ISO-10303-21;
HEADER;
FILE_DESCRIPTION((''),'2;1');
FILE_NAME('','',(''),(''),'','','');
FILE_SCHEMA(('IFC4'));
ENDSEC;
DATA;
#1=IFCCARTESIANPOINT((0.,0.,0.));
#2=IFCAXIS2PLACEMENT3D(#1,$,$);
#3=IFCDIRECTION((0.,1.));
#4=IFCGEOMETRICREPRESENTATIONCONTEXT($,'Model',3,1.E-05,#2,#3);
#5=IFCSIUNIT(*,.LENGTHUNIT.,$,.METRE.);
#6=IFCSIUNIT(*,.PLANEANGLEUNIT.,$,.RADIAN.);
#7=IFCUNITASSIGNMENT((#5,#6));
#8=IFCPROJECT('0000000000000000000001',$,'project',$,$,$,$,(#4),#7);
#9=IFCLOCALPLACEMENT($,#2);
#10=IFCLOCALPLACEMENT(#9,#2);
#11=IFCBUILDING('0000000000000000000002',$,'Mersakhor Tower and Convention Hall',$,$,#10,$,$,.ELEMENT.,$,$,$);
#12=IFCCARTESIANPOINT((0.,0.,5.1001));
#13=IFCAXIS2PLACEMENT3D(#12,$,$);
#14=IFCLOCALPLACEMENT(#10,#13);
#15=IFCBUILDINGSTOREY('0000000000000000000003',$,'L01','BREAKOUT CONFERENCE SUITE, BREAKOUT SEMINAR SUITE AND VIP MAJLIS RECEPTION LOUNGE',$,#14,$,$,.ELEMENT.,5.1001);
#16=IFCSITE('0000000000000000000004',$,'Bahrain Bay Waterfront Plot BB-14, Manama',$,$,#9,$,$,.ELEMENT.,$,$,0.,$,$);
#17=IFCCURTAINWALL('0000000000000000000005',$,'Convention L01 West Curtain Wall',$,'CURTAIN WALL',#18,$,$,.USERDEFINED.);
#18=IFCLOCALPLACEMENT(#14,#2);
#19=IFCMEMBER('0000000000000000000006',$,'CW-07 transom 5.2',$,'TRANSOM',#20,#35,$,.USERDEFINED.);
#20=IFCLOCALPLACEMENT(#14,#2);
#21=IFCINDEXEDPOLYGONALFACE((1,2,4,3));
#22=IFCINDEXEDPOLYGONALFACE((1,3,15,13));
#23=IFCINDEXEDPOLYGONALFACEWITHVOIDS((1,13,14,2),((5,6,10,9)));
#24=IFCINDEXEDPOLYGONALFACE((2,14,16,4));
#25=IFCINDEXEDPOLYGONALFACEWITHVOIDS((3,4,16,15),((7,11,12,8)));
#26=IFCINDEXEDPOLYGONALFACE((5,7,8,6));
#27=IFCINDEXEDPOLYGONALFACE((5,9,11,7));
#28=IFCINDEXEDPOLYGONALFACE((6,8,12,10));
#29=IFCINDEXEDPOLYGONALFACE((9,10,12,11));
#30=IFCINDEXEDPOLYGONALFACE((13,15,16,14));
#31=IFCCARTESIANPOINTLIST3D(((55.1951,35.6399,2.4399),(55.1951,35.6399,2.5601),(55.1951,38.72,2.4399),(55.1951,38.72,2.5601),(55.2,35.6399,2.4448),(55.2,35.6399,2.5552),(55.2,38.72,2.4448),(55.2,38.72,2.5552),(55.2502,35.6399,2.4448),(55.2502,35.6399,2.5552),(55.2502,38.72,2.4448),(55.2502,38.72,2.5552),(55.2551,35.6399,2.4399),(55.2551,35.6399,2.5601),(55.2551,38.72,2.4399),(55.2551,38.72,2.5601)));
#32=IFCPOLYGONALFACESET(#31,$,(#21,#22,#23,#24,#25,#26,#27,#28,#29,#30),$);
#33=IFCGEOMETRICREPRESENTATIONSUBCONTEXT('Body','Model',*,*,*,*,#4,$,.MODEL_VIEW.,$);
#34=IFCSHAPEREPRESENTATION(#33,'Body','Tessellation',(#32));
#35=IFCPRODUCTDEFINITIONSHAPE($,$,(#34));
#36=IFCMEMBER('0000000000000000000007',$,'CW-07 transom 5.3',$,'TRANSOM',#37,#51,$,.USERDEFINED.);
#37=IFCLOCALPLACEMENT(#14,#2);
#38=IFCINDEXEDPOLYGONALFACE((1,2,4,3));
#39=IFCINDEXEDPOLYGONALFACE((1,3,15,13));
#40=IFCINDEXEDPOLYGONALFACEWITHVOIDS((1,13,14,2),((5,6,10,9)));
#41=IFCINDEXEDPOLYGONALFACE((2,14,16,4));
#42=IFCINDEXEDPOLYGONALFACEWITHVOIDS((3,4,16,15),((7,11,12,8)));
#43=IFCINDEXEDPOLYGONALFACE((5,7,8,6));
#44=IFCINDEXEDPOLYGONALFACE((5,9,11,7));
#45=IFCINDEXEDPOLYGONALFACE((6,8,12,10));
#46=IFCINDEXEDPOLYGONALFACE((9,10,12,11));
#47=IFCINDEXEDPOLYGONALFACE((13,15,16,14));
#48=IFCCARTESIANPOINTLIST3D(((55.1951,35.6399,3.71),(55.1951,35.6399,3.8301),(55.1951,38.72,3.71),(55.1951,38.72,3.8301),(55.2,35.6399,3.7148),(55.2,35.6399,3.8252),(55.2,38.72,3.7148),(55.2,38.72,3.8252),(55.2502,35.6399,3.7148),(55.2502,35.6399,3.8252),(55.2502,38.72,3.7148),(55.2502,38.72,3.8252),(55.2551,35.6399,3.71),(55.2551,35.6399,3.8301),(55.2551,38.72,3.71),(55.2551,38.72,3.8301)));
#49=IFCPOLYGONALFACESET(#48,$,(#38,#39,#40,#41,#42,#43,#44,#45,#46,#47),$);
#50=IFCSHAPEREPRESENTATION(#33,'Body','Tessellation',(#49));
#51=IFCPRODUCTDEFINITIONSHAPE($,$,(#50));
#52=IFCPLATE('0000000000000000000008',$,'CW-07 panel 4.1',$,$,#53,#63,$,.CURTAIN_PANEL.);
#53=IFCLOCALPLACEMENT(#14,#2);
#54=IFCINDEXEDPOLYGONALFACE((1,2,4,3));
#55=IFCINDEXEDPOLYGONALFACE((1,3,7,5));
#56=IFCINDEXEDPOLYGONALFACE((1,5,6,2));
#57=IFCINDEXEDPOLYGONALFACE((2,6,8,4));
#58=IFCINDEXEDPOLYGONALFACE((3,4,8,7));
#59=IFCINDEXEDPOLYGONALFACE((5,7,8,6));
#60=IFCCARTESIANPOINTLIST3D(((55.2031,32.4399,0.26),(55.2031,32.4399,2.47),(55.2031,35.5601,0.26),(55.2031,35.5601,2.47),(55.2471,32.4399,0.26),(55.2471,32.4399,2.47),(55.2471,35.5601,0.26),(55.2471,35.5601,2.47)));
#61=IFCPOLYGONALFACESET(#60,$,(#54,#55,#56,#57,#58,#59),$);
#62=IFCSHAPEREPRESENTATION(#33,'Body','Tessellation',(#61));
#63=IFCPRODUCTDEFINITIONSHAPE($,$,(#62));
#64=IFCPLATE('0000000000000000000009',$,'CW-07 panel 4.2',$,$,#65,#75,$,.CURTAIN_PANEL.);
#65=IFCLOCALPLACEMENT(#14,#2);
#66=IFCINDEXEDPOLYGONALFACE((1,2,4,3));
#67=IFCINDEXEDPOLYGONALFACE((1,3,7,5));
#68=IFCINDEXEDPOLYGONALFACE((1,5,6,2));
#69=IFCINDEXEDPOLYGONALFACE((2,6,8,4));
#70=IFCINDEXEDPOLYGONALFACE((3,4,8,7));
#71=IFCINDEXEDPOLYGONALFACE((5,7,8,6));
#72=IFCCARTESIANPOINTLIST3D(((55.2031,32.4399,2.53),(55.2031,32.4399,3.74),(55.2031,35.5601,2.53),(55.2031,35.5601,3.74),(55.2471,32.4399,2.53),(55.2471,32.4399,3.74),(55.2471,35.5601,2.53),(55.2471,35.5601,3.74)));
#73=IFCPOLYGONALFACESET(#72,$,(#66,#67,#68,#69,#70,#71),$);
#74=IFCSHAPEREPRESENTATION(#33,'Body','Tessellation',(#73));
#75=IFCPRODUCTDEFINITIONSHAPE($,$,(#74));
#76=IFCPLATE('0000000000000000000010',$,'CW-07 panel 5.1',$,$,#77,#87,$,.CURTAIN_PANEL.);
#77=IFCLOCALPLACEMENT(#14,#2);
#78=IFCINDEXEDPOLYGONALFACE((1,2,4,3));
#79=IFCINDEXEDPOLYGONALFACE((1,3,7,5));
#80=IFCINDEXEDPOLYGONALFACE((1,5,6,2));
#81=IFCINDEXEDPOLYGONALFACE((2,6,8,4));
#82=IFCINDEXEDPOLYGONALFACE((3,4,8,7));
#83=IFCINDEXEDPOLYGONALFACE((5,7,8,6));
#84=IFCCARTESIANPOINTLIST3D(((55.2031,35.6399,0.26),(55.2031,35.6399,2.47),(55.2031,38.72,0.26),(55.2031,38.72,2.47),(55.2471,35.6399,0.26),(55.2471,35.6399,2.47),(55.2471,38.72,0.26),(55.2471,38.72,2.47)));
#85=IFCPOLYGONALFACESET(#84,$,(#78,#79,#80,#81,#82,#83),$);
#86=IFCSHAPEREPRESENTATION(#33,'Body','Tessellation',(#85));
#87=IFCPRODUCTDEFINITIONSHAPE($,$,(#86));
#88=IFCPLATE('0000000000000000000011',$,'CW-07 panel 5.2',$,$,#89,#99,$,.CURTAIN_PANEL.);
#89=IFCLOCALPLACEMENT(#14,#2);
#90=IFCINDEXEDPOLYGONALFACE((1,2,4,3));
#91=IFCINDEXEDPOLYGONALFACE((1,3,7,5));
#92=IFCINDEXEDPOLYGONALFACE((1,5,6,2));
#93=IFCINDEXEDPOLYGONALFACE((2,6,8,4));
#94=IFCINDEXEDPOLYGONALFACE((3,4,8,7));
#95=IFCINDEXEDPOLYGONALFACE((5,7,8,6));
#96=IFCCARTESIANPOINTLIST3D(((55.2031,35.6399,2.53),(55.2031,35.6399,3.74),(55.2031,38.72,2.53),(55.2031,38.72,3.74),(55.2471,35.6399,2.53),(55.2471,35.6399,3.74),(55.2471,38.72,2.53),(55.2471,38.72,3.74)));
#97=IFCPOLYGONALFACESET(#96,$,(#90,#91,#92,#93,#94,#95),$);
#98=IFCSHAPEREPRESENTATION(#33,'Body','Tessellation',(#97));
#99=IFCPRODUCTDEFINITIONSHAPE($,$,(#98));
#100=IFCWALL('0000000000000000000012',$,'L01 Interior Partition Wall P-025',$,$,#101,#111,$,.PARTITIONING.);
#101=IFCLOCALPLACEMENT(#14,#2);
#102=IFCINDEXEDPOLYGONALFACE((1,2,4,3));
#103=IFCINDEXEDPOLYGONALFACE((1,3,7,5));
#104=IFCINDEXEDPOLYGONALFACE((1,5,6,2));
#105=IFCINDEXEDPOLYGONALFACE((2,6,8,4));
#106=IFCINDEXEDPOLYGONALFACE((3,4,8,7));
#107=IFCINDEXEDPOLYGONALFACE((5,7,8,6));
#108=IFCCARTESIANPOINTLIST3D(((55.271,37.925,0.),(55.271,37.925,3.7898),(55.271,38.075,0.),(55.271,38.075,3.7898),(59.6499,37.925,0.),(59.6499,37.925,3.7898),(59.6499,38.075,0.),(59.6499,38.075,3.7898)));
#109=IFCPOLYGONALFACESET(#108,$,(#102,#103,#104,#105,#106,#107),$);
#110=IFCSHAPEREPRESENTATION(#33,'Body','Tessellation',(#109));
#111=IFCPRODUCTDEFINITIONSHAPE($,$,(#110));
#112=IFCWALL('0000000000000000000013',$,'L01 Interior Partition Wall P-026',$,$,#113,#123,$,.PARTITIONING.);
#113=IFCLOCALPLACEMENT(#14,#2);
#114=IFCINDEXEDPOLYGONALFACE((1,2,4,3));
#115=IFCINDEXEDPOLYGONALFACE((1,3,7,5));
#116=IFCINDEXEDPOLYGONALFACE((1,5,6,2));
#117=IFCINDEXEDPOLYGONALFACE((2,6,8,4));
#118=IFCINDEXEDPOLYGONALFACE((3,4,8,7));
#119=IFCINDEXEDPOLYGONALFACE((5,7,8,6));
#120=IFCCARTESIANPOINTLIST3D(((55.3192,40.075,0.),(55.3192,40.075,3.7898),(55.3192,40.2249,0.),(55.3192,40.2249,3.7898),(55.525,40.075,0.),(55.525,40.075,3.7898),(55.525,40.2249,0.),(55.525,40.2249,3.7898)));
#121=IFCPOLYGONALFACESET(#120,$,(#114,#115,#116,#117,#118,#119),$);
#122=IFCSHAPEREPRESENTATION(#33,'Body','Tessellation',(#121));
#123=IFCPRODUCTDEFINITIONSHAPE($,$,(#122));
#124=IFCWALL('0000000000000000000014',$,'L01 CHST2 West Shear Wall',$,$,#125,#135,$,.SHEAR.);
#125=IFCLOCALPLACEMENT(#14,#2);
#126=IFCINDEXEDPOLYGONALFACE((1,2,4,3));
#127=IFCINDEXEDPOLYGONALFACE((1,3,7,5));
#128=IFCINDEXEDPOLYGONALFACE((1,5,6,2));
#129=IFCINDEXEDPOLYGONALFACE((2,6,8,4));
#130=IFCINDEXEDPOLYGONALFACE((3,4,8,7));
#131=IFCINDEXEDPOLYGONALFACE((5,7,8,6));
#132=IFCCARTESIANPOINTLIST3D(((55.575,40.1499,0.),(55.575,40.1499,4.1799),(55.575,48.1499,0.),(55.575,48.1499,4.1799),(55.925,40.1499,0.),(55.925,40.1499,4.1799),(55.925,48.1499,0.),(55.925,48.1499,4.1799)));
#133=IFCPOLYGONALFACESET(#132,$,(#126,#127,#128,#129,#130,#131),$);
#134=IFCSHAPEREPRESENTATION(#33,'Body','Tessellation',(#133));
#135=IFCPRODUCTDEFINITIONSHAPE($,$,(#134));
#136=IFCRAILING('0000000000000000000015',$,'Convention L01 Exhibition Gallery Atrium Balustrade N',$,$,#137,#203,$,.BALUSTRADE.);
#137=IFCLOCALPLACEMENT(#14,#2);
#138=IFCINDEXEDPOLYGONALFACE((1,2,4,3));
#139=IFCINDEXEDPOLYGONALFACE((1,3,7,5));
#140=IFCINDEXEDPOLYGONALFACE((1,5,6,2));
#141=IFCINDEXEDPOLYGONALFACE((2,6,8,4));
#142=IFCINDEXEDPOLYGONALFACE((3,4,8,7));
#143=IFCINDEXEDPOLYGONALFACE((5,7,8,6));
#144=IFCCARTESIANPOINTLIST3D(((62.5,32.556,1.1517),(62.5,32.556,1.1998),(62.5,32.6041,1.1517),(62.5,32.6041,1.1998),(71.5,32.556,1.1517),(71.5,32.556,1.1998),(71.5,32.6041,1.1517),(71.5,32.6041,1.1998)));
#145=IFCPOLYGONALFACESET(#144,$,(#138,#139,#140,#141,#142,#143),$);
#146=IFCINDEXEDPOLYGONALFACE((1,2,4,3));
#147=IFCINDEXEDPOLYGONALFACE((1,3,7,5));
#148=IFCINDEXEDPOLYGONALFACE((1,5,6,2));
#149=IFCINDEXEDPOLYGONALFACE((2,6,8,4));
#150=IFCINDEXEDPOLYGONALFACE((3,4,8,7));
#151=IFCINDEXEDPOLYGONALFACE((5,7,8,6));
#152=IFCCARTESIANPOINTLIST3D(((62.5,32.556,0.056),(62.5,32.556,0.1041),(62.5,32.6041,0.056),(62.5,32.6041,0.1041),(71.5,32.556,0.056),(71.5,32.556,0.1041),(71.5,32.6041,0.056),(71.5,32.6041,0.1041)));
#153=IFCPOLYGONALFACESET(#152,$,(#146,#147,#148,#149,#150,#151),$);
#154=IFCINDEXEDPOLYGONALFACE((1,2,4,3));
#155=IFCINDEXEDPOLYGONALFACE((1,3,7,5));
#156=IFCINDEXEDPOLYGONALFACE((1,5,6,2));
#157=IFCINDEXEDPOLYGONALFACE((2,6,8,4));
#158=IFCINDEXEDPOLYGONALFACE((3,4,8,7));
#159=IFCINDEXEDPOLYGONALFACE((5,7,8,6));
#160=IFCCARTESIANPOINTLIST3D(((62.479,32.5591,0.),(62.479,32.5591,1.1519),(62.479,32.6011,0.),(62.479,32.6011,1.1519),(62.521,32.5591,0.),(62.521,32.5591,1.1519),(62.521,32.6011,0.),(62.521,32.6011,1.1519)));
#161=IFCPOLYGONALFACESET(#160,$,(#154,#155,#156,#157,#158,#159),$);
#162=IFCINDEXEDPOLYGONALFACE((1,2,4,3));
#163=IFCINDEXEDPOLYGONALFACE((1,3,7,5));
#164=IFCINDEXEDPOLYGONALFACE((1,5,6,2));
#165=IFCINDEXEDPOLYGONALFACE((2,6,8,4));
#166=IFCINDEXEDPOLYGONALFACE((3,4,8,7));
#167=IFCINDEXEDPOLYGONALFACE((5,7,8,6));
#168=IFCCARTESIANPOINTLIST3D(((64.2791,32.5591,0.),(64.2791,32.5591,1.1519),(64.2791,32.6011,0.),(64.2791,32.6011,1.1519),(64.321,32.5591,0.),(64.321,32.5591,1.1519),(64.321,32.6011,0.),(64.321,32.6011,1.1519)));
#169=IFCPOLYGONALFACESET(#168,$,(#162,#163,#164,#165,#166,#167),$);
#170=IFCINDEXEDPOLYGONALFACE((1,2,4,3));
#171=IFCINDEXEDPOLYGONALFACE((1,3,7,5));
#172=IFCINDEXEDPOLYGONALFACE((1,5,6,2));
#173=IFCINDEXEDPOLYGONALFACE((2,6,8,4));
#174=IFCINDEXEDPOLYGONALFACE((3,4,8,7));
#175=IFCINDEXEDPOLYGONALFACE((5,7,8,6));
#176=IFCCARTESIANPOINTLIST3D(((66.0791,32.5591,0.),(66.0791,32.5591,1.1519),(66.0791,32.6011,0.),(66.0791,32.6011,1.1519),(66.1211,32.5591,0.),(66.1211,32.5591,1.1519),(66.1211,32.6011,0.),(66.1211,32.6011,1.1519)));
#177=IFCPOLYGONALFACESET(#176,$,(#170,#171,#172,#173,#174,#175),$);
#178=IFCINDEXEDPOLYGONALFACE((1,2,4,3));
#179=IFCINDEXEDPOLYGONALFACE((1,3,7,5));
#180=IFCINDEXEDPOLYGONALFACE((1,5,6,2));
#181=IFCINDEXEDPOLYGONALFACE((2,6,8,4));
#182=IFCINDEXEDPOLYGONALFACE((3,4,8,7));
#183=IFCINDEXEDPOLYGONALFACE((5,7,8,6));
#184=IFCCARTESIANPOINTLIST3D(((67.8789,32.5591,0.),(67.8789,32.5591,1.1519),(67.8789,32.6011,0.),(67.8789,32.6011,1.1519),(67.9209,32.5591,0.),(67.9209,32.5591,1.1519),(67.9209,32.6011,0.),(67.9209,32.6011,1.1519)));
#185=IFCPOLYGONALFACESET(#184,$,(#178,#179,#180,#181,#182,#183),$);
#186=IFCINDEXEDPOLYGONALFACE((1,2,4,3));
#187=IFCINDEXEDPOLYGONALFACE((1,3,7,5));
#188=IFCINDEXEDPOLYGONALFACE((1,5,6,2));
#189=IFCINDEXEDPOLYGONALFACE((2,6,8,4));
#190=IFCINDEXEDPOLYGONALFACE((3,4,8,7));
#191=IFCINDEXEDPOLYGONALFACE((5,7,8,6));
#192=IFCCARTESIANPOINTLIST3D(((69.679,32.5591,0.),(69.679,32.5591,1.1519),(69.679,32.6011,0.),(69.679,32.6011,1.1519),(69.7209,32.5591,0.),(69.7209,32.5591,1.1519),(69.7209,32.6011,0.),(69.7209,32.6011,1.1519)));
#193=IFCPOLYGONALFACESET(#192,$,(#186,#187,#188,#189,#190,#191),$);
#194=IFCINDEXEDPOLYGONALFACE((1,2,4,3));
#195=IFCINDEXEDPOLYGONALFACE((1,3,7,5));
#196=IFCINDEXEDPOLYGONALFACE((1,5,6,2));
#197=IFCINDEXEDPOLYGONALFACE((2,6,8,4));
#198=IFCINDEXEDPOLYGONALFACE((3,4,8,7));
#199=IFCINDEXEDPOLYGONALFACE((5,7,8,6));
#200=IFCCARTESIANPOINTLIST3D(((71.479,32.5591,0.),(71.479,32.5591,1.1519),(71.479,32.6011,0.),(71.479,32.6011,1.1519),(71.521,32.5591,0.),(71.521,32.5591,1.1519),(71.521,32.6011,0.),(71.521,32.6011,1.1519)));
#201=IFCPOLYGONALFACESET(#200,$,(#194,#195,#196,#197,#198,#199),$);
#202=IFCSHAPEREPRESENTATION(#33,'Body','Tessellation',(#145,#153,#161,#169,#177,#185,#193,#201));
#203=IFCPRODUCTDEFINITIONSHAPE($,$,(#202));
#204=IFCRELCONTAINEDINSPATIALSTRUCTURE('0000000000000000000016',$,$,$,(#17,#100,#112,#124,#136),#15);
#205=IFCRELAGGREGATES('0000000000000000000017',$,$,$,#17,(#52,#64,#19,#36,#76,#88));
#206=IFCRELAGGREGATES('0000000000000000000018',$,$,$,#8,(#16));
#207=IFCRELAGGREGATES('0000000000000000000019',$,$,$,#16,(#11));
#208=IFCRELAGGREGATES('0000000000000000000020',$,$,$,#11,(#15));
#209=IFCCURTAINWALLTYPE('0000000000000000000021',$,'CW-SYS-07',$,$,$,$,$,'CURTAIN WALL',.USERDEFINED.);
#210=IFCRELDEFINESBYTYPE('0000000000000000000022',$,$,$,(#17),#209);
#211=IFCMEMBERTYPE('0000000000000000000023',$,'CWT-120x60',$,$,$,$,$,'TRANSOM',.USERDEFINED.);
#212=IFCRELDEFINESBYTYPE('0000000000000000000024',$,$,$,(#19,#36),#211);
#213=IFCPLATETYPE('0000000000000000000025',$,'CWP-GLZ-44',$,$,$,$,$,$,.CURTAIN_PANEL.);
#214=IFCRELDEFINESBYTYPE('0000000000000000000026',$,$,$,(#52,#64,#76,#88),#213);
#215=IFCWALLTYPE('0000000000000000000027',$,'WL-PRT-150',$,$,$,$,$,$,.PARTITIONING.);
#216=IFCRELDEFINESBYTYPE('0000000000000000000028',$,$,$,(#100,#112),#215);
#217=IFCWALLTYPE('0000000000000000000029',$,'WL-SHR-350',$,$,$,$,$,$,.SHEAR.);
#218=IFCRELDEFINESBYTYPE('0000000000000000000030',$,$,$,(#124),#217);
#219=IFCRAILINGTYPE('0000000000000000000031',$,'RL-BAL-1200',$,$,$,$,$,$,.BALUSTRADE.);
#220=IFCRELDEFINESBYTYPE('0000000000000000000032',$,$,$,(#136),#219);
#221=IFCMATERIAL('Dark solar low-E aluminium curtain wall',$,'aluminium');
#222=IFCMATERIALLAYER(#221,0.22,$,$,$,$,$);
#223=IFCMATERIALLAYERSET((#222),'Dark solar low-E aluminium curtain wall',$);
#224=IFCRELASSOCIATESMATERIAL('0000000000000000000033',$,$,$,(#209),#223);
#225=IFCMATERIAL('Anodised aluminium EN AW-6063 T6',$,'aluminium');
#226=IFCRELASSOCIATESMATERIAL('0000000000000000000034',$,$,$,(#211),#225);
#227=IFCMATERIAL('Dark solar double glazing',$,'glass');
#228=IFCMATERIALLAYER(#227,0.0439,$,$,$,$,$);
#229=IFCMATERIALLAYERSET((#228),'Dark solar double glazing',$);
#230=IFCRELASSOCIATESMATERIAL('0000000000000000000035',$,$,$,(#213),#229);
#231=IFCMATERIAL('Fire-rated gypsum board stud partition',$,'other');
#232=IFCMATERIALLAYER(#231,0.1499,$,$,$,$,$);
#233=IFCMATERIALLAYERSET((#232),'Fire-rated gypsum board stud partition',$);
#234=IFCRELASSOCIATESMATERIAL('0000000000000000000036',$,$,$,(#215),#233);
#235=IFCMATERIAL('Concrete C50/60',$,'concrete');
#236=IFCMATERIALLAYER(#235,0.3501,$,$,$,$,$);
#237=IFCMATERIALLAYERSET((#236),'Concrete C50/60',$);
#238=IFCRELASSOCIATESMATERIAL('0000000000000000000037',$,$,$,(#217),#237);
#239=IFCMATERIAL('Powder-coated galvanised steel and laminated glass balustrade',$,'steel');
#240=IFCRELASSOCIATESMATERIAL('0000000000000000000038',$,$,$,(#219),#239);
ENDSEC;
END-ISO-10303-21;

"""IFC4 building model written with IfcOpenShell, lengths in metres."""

from ifc_helpers import new_model, si_unit, direction, frame, frame_2d, origin, origin_2d, place, context, subcontext, project, spatial, rectangle, hollow_rectangle, extrude, material, layer, layer_set, material_profile, profile_set, type_object, element, aggregate, save


model = new_model("IFC4")

# Units and contexts
model_context = context("Model", 3, precision=1e-05, world=origin(), true_north=direction((0.0, 1.0)))
body_context = subcontext(model_context, "Body", "Model", "MODEL_VIEW")
ifc_project = project(units=[si_unit("LENGTHUNIT", "METRE"), si_unit("PLANEANGLEUNIT", "RADIAN")], contexts=[model_context])

# Site, building, storey
site_placement = place(None, origin())
site = spatial("IfcSite", under=ifc_project, at=site_placement, Name="Bahrain Bay Waterfront Plot BB-14, Manama", CompositionType="ELEMENT", RefElevation=0.0)
building_placement = place(site_placement, origin())
building = spatial("IfcBuilding", under=site, at=building_placement, Name="Mersakhor Tower and Convention Hall", CompositionType="ELEMENT")
storey_placement = place(building_placement, frame((0.0, 0.0, 5.1001)))
storey = spatial("IfcBuildingStorey", under=building, at=storey_placement, Name="L01", Description="BREAKOUT CONFERENCE SUITE, BREAKOUT SEMINAR SUITE AND VIP MAJLIS RECEPTION LOUNGE", CompositionType="ELEMENT", Elevation=5.1001)

# Curtain wall, members, plates
ifc_material_1 = material(Name="Dark solar low-E aluminium curtain wall", Category="aluminium")
ifc_layer_1 = layer(ifc_material_1, 0.22)
ifc_layer_set_1 = layer_set([ifc_layer_1], Name="Dark solar low-E aluminium curtain wall")
curtain_wall_type = type_object("IfcCurtainWallType", Name="CW-SYS-07", ElementType="CURTAIN WALL", PredefinedType="USERDEFINED", material=ifc_layer_set_1)
curtain_wall_placement = place(storey_placement, origin())
curtain_wall = element("IfcCurtainWall", 1, at=curtain_wall_placement, inside=storey, type_object=curtain_wall_type, Name="Convention L01 West Curtain Wall", ObjectType="CURTAIN WALL", PredefinedType="USERDEFINED")
ifc_material_2 = material(Name="Anodised aluminium EN AW-6063 T6", Category="aluminium")
ifc_material_profile_1 = material_profile(ifc_material_2, hollow_rectangle(XDim=0.0601, YDim=0.1201, WallThickness=0.0049, at=origin_2d()), Name="RHS 120x60x5")
ifc_profile_set_1 = profile_set([ifc_material_profile_1], Name="Anodised aluminium EN AW-6063 T6")
member_type = type_object("IfcMemberType", Name="CWT-120x60", ElementType="TRANSOM", PredefinedType="USERDEFINED", material=ifc_profile_set_1)
member_1_placement = place(storey_placement, frame((55.2251, 35.6399, 2.5), z_axis=(0.0, 1.0, 0.0), x_axis=(-1.0, 0.0, 0.0)))
member_1 = element("IfcMember", 2, at=member_1_placement, type_object=member_type, Name="CW-07 transom 5.2", ObjectType="TRANSOM", PredefinedType="USERDEFINED", context=body_context, shape_type="SweptSolid", body=[
    extrude(hollow_rectangle(XDim=0.0601, YDim=0.1201, WallThickness=0.0049, at=origin_2d()), origin(), (0.0, 0.0, 1.0), 3.0801),
])
member_2_placement = place(storey_placement, frame((55.2251, 35.6399, 3.77), z_axis=(0.0, 1.0, 0.0), x_axis=(-1.0, 0.0, 0.0)))
member_2 = element("IfcMember", 3, at=member_2_placement, type_object=member_type, Name="CW-07 transom 5.3", ObjectType="TRANSOM", PredefinedType="USERDEFINED", context=body_context, shape_type="SweptSolid", body=[
    extrude(hollow_rectangle(XDim=0.0601, YDim=0.1201, WallThickness=0.0049, at=origin_2d()), origin(), (0.0, 0.0, 1.0), 3.0801),
])
ifc_material_3 = material(Name="Dark solar double glazing", Category="glass")
ifc_layer_2 = layer(ifc_material_3, 0.0439)
ifc_layer_set_2 = layer_set([ifc_layer_2], Name="Dark solar double glazing")
plate_type = type_object("IfcPlateType", Name="CWP-GLZ-44", PredefinedType="CURTAIN_PANEL", material=ifc_layer_set_2)
plate_1_placement = place(storey_placement, frame((55.2251, 34.0, 0.26), z_axis=(0.0, 0.0, 1.0), x_axis=(0.0, 1.0, 0.0)))
plate_1 = element("IfcPlate", 4, at=plate_1_placement, type_object=plate_type, Name="CW-07 panel 4.1", PredefinedType="CURTAIN_PANEL", context=body_context, shape_type="SweptSolid", body=[
    extrude(rectangle(XDim=3.1201, YDim=0.0439, at=origin_2d()), origin(), (0.0, 0.0, 1.0), 2.21),
])
plate_2_placement = place(storey_placement, frame((55.2251, 34.0, 2.53), z_axis=(0.0, 0.0, 1.0), x_axis=(0.0, 1.0, 0.0)))
plate_2 = element("IfcPlate", 5, at=plate_2_placement, type_object=plate_type, Name="CW-07 panel 4.2", PredefinedType="CURTAIN_PANEL", context=body_context, shape_type="SweptSolid", body=[
    extrude(rectangle(XDim=3.1201, YDim=0.0439, at=origin_2d()), origin(), (0.0, 0.0, 1.0), 1.21),
])
plate_3_placement = place(storey_placement, frame((55.2251, 37.1799, 0.26), z_axis=(0.0, 0.0, 1.0), x_axis=(0.0, 1.0, 0.0)))
plate_3 = element("IfcPlate", 6, at=plate_3_placement, type_object=plate_type, Name="CW-07 panel 5.1", PredefinedType="CURTAIN_PANEL", context=body_context, shape_type="SweptSolid", body=[
    extrude(rectangle(XDim=3.0801, YDim=0.0439, at=origin_2d()), origin(), (0.0, 0.0, 1.0), 2.21),
])
plate_4_placement = place(storey_placement, frame((55.2251, 37.1799, 2.53), z_axis=(0.0, 0.0, 1.0), x_axis=(0.0, 1.0, 0.0)))
plate_4 = element("IfcPlate", 7, at=plate_4_placement, type_object=plate_type, Name="CW-07 panel 5.2", PredefinedType="CURTAIN_PANEL", context=body_context, shape_type="SweptSolid", body=[
    extrude(rectangle(XDim=3.0801, YDim=0.0439, at=origin_2d()), origin(), (0.0, 0.0, 1.0), 1.21),
])
aggregate(curtain_wall, [plate_1, plate_2, member_1, member_2, plate_3, plate_4])

# Walls
ifc_material_4 = material(Name="Fire-rated gypsum board stud partition", Category="other")
ifc_layer_3 = layer(ifc_material_4, 0.1499)
ifc_layer_set_3 = layer_set([ifc_layer_3], Name="Fire-rated gypsum board stud partition")
wall_type_1 = type_object("IfcWallType", Name="WL-PRT-150", PredefinedType="PARTITIONING", material=ifc_layer_set_3)
wall_1_placement = place(storey_placement, frame((59.6499, 38.0, 0.0), z_axis=(0.0, 0.0, 1.0), x_axis=(-1.0, 0.0, 0.0)))
element("IfcWall", 8, at=wall_1_placement, inside=storey, type_object=wall_type_1, Name="L01 Interior Partition Wall P-025", PredefinedType="PARTITIONING", context=body_context, shape_type="SweptSolid", body=[
    extrude(rectangle(XDim=4.3789, YDim=0.1499, at=frame_2d((2.1895, 0.0))), origin(), (0.0, 0.0, 1.0), 3.7898),
])
wall_2_placement = place(storey_placement, frame((55.3191, 40.1499, 0.0), z_axis=(0.0, 0.0, 1.0), x_axis=(1.0, 0.0, 0.0)))
element("IfcWall", 9, at=wall_2_placement, inside=storey, type_object=wall_type_1, Name="L01 Interior Partition Wall P-026", PredefinedType="PARTITIONING", context=body_context, shape_type="SweptSolid", body=[
    extrude(rectangle(XDim=0.2058, YDim=0.1499, at=frame_2d((0.103, 0.0))), origin(), (0.0, 0.0, 1.0), 3.7898),
])
ifc_material_5 = material(Name="Concrete C50/60", Category="concrete")
ifc_layer_4 = layer(ifc_material_5, 0.3501)
ifc_layer_set_4 = layer_set([ifc_layer_4], Name="Concrete C50/60")
wall_type_2 = type_object("IfcWallType", Name="WL-SHR-350", PredefinedType="SHEAR", material=ifc_layer_set_4)
wall_3_placement = place(storey_placement, frame((55.75, 40.1499, 0.0), z_axis=(0.0, 0.0, 1.0), x_axis=(0.0, 1.0, 0.0)))
element("IfcWall", 10, at=wall_3_placement, inside=storey, type_object=wall_type_2, Name="L01 CHST2 West Shear Wall", PredefinedType="SHEAR", context=body_context, shape_type="SweptSolid", body=[
    extrude(rectangle(XDim=8.0, YDim=0.3501, at=frame_2d((4.0, 0.0))), origin(), (0.0, 0.0, 1.0), 4.1799),
])

# Railing
ifc_material_6 = material(Name="Powder-coated galvanised steel and laminated glass balustrade", Category="steel")
railing_type = type_object("IfcRailingType", Name="RL-BAL-1200", PredefinedType="BALUSTRADE", material=ifc_material_6)
railing_placement = place(storey_placement, frame((62.5, 32.5801, 0.0)))
element("IfcRailing", 11, at=railing_placement, inside=storey, type_object=railing_type, Name="Convention L01 Exhibition Gallery Atrium Balustrade N", PredefinedType="BALUSTRADE", context=body_context, shape_type="SweptSolid", body=[
    extrude(rectangle(XDim=0.0481, YDim=0.0481, at=origin_2d()), frame((0.0, 0.0, 1.1758), z_axis=(1.0, 0.0, 0.0), x_axis=(0.0, 1.0, 0.0)), (0.0, 0.0, 1.0), 9.0),
    extrude(rectangle(XDim=0.0481, YDim=0.0481, at=origin_2d()), frame((0.0, 0.0, 0.0801), z_axis=(1.0, 0.0, 0.0), x_axis=(0.0, 1.0, 0.0)), (0.0, 0.0, 1.0), 9.0),
    extrude(rectangle(XDim=0.042, YDim=0.042, at=origin_2d()), origin(), (0.0, 0.0, 1.0), 1.1519),
    extrude(rectangle(XDim=0.042, YDim=0.042, at=origin_2d()), frame((1.8, 0.0, 0.0)), (0.0, 0.0, 1.0), 1.1519),
    extrude(rectangle(XDim=0.042, YDim=0.042, at=origin_2d()), frame((3.6001, 0.0, 0.0)), (0.0, 0.0, 1.0), 1.1519),
    extrude(rectangle(XDim=0.042, YDim=0.042, at=origin_2d()), frame((5.3999, 0.0, 0.0)), (0.0, 0.0, 1.0), 1.1519),
    extrude(rectangle(XDim=0.042, YDim=0.042, at=origin_2d()), frame((7.2, 0.0, 0.0)), (0.0, 0.0, 1.0), 1.1519),
    extrude(rectangle(XDim=0.042, YDim=0.042, at=origin_2d()), frame((9.0, 0.0, 0.0)), (0.0, 0.0, 1.0), 1.1519),
])

save(model, "model.ifc")
